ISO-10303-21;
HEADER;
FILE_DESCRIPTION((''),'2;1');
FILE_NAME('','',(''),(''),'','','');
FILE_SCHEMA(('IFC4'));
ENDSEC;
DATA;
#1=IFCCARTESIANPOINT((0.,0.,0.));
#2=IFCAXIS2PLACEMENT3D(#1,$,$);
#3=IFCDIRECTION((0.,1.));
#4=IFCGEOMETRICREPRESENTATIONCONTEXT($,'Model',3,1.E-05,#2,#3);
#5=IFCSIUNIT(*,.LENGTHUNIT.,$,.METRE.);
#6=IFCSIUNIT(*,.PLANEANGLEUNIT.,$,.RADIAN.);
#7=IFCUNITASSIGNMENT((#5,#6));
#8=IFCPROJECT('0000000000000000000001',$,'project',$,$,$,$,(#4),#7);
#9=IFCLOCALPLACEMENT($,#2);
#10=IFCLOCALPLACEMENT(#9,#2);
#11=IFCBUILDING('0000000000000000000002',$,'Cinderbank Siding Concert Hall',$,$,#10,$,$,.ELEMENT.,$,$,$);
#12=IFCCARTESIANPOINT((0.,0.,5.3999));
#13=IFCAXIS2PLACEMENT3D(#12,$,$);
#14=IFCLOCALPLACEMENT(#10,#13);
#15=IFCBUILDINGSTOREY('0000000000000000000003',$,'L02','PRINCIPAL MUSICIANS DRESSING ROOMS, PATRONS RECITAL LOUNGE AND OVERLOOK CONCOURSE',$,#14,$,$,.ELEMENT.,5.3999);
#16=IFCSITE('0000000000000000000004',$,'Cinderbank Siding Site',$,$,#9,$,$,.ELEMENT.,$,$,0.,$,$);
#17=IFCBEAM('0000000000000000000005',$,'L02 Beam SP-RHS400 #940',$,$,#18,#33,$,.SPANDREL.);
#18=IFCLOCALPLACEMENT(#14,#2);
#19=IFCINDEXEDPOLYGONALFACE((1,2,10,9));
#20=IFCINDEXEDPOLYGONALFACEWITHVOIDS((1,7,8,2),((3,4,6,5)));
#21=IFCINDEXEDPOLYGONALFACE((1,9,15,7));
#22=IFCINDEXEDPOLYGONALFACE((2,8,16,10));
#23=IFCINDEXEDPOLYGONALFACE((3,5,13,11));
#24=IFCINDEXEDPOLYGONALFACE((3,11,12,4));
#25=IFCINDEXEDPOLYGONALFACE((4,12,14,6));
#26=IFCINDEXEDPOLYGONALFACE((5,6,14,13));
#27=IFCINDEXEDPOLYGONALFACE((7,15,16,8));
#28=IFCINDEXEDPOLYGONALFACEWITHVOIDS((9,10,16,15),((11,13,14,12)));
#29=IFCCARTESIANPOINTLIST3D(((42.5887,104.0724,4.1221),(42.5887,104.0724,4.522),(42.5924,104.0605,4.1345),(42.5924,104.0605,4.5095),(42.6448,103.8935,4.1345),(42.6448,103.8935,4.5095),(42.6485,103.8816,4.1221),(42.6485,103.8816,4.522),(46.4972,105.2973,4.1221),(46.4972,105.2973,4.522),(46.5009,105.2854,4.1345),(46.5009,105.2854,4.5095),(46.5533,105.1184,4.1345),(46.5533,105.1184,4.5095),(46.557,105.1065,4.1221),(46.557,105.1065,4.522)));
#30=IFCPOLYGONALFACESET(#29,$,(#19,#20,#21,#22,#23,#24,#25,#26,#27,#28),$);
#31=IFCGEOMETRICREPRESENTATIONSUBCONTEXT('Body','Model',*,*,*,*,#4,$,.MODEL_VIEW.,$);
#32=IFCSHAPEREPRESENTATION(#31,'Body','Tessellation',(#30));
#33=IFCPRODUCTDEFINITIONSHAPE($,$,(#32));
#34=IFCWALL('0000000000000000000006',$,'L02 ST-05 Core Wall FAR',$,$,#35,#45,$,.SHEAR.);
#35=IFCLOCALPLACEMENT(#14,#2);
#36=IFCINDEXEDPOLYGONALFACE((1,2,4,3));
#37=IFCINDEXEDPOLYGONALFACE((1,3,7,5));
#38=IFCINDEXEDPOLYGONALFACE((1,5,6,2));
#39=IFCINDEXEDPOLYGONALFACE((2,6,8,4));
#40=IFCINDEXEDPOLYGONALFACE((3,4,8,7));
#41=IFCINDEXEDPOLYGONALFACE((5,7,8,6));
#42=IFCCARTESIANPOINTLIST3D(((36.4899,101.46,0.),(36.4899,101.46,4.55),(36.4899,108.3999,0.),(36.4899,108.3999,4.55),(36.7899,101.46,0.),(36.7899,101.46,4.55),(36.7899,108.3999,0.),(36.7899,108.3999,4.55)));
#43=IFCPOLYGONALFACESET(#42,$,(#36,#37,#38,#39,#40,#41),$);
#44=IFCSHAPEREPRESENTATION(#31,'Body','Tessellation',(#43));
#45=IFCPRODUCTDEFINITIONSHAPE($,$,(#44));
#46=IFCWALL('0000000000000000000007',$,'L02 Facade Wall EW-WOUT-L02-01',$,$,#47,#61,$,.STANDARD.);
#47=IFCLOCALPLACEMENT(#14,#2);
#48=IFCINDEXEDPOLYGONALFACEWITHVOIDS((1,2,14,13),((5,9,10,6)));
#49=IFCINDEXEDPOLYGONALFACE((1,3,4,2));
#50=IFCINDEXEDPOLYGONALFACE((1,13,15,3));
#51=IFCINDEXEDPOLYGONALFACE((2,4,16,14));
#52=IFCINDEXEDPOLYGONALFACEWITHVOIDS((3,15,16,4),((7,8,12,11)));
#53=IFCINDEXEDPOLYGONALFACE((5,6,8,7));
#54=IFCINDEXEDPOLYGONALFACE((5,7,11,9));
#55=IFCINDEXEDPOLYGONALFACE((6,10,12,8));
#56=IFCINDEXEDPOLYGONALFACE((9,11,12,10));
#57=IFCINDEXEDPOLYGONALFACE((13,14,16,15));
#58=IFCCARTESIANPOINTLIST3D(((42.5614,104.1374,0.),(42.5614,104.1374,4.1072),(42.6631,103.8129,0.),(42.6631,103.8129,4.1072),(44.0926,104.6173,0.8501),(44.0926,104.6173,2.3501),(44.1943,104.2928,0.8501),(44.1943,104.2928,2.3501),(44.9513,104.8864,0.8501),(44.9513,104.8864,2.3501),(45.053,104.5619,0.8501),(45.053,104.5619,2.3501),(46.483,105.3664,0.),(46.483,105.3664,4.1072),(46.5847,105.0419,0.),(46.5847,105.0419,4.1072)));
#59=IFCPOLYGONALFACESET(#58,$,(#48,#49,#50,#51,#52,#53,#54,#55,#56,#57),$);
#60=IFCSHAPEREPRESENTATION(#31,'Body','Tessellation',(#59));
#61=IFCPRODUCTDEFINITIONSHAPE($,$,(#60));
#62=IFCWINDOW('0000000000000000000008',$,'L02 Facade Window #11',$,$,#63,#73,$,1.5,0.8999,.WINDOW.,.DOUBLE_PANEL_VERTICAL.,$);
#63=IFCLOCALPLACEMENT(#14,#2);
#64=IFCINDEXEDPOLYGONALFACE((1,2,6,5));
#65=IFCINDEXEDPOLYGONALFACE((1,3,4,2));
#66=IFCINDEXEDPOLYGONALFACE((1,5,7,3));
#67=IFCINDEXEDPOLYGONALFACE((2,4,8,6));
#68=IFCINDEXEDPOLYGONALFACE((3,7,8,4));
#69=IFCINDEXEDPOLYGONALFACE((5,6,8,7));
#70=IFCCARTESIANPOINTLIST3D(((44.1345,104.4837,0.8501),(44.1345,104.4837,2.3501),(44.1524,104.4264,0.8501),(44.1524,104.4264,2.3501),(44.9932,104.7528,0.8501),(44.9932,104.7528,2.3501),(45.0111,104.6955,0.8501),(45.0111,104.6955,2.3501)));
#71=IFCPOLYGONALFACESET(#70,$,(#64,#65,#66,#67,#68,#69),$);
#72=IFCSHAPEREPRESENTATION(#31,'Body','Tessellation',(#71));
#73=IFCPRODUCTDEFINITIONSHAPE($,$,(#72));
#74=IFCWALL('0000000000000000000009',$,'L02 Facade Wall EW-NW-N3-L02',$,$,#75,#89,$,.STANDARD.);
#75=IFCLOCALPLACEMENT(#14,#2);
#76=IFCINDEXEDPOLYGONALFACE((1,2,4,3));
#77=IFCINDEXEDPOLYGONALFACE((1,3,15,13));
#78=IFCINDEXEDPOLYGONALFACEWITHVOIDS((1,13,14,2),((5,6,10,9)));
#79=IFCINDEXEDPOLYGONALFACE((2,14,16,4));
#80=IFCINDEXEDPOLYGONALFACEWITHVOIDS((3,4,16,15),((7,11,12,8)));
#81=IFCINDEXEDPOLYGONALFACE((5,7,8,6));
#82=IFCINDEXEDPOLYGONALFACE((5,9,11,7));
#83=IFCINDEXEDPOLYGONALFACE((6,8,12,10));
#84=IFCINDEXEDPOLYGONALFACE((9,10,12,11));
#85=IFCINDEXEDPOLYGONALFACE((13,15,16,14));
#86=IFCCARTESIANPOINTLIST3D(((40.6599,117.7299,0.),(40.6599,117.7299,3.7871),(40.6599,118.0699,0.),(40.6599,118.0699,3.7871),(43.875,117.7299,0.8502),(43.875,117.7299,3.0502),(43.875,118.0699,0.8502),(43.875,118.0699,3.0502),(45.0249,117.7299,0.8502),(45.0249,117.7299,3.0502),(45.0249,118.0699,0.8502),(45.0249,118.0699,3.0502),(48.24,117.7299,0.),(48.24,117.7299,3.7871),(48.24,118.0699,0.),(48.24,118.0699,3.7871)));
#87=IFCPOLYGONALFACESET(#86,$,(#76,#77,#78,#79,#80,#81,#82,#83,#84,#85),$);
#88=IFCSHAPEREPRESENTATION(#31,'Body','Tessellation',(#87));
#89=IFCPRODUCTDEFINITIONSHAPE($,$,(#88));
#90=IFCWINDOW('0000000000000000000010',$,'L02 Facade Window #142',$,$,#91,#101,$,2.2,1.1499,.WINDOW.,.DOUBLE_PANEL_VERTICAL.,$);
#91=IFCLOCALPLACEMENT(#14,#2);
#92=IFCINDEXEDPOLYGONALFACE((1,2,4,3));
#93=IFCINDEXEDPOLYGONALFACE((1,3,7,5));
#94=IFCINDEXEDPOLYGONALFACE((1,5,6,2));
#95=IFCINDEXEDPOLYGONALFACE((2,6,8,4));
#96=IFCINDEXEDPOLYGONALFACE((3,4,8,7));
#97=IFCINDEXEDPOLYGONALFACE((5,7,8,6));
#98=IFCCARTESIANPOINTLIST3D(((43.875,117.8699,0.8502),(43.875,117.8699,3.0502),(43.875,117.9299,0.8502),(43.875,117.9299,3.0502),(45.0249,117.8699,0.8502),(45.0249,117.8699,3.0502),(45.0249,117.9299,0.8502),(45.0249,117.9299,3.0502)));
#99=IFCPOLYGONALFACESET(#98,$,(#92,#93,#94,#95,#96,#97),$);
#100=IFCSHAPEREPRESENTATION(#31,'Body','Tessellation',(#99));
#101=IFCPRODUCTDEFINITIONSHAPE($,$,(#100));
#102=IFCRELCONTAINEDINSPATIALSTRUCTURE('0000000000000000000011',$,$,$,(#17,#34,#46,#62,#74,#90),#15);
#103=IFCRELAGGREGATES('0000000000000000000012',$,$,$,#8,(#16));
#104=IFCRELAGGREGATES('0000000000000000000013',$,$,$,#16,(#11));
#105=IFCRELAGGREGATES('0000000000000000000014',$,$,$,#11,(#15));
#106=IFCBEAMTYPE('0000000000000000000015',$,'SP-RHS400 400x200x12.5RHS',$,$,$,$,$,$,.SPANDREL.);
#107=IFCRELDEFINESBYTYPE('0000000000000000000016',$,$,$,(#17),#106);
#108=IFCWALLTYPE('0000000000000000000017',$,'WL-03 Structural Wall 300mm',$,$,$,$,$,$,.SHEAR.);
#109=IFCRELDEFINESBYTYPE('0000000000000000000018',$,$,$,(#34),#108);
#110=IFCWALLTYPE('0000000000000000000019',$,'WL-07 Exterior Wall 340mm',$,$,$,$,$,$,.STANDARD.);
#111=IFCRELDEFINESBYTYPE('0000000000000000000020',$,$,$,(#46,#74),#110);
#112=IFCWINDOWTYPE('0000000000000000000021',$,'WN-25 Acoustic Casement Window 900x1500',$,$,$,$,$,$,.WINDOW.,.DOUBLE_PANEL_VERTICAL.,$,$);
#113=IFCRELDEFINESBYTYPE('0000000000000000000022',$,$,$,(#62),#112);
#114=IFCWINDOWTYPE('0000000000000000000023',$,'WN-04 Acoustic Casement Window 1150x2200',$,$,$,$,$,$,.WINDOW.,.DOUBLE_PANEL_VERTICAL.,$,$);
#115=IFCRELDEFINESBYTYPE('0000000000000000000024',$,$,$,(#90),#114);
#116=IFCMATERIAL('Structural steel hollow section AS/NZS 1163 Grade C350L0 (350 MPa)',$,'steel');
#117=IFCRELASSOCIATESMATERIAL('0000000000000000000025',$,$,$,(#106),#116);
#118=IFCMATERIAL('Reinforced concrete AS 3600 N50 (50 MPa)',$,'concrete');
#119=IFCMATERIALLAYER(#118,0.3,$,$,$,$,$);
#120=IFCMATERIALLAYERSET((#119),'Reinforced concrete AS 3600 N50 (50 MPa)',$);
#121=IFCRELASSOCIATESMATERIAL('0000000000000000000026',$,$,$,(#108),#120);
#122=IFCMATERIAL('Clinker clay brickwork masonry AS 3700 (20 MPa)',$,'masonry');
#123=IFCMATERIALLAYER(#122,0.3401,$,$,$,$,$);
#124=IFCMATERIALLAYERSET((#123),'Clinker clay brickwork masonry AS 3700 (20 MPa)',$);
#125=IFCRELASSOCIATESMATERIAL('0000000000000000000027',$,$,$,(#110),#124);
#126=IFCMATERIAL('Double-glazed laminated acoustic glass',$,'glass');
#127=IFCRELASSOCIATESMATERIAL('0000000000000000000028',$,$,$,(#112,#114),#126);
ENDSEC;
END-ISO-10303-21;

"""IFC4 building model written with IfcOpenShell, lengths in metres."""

from ifc_helpers import new_model, si_unit, direction, frame, frame_2d, origin, origin_2d, place, context, subcontext, project, spatial, rectangle, hollow_rectangle, extrude, material, layer, layer_set, material_profile, profile_set, type_object, element, fill, save


model = new_model("IFC4")

# Units and contexts
model_context = context("Model", 3, precision=1e-05, world=origin(), true_north=direction((0.0, 1.0)))
body_context = subcontext(model_context, "Body", "Model", "MODEL_VIEW")
ifc_project = project(units=[si_unit("LENGTHUNIT", "METRE"), si_unit("PLANEANGLEUNIT", "RADIAN")], contexts=[model_context])

# Site, building, storey
site_placement = place(None, origin())
site = spatial("IfcSite", under=ifc_project, at=site_placement, Name="Cinderbank Siding Site", CompositionType="ELEMENT", RefElevation=0.0)
building_placement = place(site_placement, origin())
building = spatial("IfcBuilding", under=site, at=building_placement, Name="Cinderbank Siding Concert Hall", CompositionType="ELEMENT")
storey_placement = place(building_placement, frame((0.0, 0.0, 5.3999)))
storey = spatial("IfcBuildingStorey", under=building, at=storey_placement, Name="L02", Description="PRINCIPAL MUSICIANS DRESSING ROOMS, PATRONS RECITAL LOUNGE AND OVERLOOK CONCOURSE", CompositionType="ELEMENT", Elevation=5.3999)

# Shared definitions
ifc_material_1 = material(Name="Reinforced concrete AS 3600 N50 (50 MPa)", Category="concrete")

# Beam
ifc_material_2 = material(Name="Structural steel hollow section AS/NZS 1163 Grade C350L0 (350 MPa)", Category="steel")
ifc_material_profile_1 = material_profile(ifc_material_2, hollow_rectangle(XDim=0.2, YDim=0.3999, WallThickness=0.0125, at=origin_2d()), Name="400x200x12.5RHS", Category="LoadBearing")
ifc_profile_set_1 = profile_set([ifc_material_profile_1], Name="Structural steel hollow section AS/NZS 1163 Grade C350L0 (350 MPa)")
beam_type_1 = type_object("IfcBeamType", Name="SP-RHS400 400x200x12.5RHS", PredefinedType="SPANDREL", material=ifc_profile_set_1)
beam_1_placement = place(storey_placement, frame((46.5271, 105.2019, 4.322), z_axis=(-0.954239, -0.299045, 0.0), x_axis=(0.299045, -0.954239, 0.0)))
element("IfcBeam", 1, at=beam_1_placement, inside=storey, type_object=beam_type_1, Name="L02 Beam SP-RHS400 #940", PredefinedType="SPANDREL", context=body_context, shape_type="SweptSolid", body=[
    extrude(hollow_rectangle(XDim=0.2, YDim=0.3999, WallThickness=0.0125, at=origin_2d()), origin(), (0.0, 0.0, 1.0), 4.0959),
])

# Wall
ifc_layer_1 = layer(ifc_material_1, 0.3)
ifc_layer_set_1 = layer_set([ifc_layer_1], Name="Reinforced concrete AS 3600 N50 (50 MPa)")
wall_type_1 = type_object("IfcWallType", Name="WL-03 Structural Wall 300mm", PredefinedType="SHEAR", material=ifc_layer_set_1)
wall_1_placement = place(storey_placement, frame((36.6399, 108.3999, 0.0), z_axis=(0.0, 0.0, 1.0), x_axis=(0.0, -1.0, 0.0)))
element("IfcWall", 2, at=wall_1_placement, inside=storey, type_object=wall_type_1, Name="L02 ST-05 Core Wall FAR", PredefinedType="SHEAR", context=body_context, shape_type="SweptSolid", body=[
    extrude(rectangle(XDim=6.9399, YDim=0.3, at=frame_2d((3.47, 0.0))), origin(), (0.0, 0.0, 1.0), 4.55),
])

# Walls, openings, windows
ifc_material_3 = material(Name="Clinker clay brickwork masonry AS 3700 (20 MPa)", Category="masonry")
ifc_layer_2 = layer(ifc_material_3, 0.3401)
ifc_layer_set_2 = layer_set([ifc_layer_2], Name="Clinker clay brickwork masonry AS 3700 (20 MPa)")
wall_type_2 = type_object("IfcWallType", Name="WL-07 Exterior Wall 340mm", PredefinedType="STANDARD", material=ifc_layer_set_2)
wall_2_placement = place(storey_placement, frame((46.5337, 105.2041, 0.0), z_axis=(0.0, 0.0, 1.0), x_axis=(-0.954238, -0.299049, 0.0)))
wall_2 = element("IfcWall", 3, at=wall_2_placement, inside=storey, type_object=wall_type_2, Name="L02 Facade Wall EW-WOUT-L02-01", PredefinedType="STANDARD", context=body_context, shape_type="SweptSolid", body=[
    extrude(rectangle(XDim=4.1096, YDim=0.3401, at=frame_2d((2.0547, 0.0))), origin(), (0.0, 0.0, 1.0), 4.1072),
])
opening_1_placement = place(wall_2_placement, frame((1.605, 0.0, 0.8501)))
opening_1 = element("IfcOpeningElement", 4, at=opening_1_placement, cuts=wall_2, PredefinedType="OPENING", context=body_context, shape_type="SweptSolid", body=[
    extrude(rectangle(XDim=0.8999, YDim=1.5, at=frame_2d((0.45, 0.75))), frame((0.0, 0.1821, 0.0), z_axis=(0.0, -1.0, 0.0), x_axis=(1.0, 0.0, 0.0)), (0.0, 0.0, 1.0), 0.364),
])
ifc_material_4 = material(Name="Double-glazed laminated acoustic glass", Category="glass")
window_type_1 = type_object("IfcWindowType", Name="WN-25 Acoustic Casement Window 900x1500", PartitioningType="DOUBLE_PANEL_VERTICAL", PredefinedType="WINDOW", material=ifc_material_4)
window_1_placement = place(opening_1_placement, origin())
window_1 = element("IfcWindow", 5, at=window_1_placement, inside=storey, type_object=window_type_1, Name="L02 Facade Window #11", OverallHeight=1.5, OverallWidth=0.8999, PartitioningType="DOUBLE_PANEL_VERTICAL", PredefinedType="WINDOW", context=body_context, shape_type="SweptSolid", body=[
    extrude(rectangle(XDim=0.8999, YDim=1.5, at=frame_2d((0.45, 0.75))), frame((0.0, 0.03, 0.0), z_axis=(0.0, -1.0, 0.0), x_axis=(1.0, 0.0, 0.0)), (0.0, 0.0, 1.0), 0.0601),
])
fill(opening_1, window_1)
wall_3_placement = place(storey_placement, frame((40.6599, 117.8999, 0.0), z_axis=(0.0, 0.0, 1.0), x_axis=(1.0, 0.0, 0.0)))
wall_3 = element("IfcWall", 6, at=wall_3_placement, inside=storey, type_object=wall_type_2, Name="L02 Facade Wall EW-NW-N3-L02", PredefinedType="STANDARD", context=body_context, shape_type="SweptSolid", body=[
    extrude(rectangle(XDim=7.5801, YDim=0.3401, at=frame_2d((3.79, 0.0))), origin(), (0.0, 0.0, 1.0), 3.7871),
])
opening_2_placement = place(wall_3_placement, frame((3.2151, 0.0, 0.8501)))
opening_2 = element("IfcOpeningElement", 7, at=opening_2_placement, cuts=wall_3, PredefinedType="OPENING", context=body_context, shape_type="SweptSolid", body=[
    extrude(rectangle(XDim=1.1499, YDim=2.2, at=frame_2d((0.575, 1.1001))), frame((0.0, 0.1821, 0.0), z_axis=(0.0, -1.0, 0.0), x_axis=(1.0, 0.0, 0.0)), (0.0, 0.0, 1.0), 0.364),
])
window_type_2 = type_object("IfcWindowType", Name="WN-04 Acoustic Casement Window 1150x2200", PartitioningType="DOUBLE_PANEL_VERTICAL", PredefinedType="WINDOW", material=ifc_material_4)
window_2_placement = place(opening_2_placement, origin())
window_2 = element("IfcWindow", 8, at=window_2_placement, inside=storey, type_object=window_type_2, Name="L02 Facade Window #142", OverallHeight=2.2, OverallWidth=1.1499, PartitioningType="DOUBLE_PANEL_VERTICAL", PredefinedType="WINDOW", context=body_context, shape_type="SweptSolid", body=[
    extrude(rectangle(XDim=1.1499, YDim=2.2, at=frame_2d((0.575, 1.1001))), frame((0.0, 0.03, 0.0), z_axis=(0.0, -1.0, 0.0), x_axis=(1.0, 0.0, 0.0)), (0.0, 0.0, 1.0), 0.0601),
])
fill(opening_2, window_2)

save(model, "model.ifc")
